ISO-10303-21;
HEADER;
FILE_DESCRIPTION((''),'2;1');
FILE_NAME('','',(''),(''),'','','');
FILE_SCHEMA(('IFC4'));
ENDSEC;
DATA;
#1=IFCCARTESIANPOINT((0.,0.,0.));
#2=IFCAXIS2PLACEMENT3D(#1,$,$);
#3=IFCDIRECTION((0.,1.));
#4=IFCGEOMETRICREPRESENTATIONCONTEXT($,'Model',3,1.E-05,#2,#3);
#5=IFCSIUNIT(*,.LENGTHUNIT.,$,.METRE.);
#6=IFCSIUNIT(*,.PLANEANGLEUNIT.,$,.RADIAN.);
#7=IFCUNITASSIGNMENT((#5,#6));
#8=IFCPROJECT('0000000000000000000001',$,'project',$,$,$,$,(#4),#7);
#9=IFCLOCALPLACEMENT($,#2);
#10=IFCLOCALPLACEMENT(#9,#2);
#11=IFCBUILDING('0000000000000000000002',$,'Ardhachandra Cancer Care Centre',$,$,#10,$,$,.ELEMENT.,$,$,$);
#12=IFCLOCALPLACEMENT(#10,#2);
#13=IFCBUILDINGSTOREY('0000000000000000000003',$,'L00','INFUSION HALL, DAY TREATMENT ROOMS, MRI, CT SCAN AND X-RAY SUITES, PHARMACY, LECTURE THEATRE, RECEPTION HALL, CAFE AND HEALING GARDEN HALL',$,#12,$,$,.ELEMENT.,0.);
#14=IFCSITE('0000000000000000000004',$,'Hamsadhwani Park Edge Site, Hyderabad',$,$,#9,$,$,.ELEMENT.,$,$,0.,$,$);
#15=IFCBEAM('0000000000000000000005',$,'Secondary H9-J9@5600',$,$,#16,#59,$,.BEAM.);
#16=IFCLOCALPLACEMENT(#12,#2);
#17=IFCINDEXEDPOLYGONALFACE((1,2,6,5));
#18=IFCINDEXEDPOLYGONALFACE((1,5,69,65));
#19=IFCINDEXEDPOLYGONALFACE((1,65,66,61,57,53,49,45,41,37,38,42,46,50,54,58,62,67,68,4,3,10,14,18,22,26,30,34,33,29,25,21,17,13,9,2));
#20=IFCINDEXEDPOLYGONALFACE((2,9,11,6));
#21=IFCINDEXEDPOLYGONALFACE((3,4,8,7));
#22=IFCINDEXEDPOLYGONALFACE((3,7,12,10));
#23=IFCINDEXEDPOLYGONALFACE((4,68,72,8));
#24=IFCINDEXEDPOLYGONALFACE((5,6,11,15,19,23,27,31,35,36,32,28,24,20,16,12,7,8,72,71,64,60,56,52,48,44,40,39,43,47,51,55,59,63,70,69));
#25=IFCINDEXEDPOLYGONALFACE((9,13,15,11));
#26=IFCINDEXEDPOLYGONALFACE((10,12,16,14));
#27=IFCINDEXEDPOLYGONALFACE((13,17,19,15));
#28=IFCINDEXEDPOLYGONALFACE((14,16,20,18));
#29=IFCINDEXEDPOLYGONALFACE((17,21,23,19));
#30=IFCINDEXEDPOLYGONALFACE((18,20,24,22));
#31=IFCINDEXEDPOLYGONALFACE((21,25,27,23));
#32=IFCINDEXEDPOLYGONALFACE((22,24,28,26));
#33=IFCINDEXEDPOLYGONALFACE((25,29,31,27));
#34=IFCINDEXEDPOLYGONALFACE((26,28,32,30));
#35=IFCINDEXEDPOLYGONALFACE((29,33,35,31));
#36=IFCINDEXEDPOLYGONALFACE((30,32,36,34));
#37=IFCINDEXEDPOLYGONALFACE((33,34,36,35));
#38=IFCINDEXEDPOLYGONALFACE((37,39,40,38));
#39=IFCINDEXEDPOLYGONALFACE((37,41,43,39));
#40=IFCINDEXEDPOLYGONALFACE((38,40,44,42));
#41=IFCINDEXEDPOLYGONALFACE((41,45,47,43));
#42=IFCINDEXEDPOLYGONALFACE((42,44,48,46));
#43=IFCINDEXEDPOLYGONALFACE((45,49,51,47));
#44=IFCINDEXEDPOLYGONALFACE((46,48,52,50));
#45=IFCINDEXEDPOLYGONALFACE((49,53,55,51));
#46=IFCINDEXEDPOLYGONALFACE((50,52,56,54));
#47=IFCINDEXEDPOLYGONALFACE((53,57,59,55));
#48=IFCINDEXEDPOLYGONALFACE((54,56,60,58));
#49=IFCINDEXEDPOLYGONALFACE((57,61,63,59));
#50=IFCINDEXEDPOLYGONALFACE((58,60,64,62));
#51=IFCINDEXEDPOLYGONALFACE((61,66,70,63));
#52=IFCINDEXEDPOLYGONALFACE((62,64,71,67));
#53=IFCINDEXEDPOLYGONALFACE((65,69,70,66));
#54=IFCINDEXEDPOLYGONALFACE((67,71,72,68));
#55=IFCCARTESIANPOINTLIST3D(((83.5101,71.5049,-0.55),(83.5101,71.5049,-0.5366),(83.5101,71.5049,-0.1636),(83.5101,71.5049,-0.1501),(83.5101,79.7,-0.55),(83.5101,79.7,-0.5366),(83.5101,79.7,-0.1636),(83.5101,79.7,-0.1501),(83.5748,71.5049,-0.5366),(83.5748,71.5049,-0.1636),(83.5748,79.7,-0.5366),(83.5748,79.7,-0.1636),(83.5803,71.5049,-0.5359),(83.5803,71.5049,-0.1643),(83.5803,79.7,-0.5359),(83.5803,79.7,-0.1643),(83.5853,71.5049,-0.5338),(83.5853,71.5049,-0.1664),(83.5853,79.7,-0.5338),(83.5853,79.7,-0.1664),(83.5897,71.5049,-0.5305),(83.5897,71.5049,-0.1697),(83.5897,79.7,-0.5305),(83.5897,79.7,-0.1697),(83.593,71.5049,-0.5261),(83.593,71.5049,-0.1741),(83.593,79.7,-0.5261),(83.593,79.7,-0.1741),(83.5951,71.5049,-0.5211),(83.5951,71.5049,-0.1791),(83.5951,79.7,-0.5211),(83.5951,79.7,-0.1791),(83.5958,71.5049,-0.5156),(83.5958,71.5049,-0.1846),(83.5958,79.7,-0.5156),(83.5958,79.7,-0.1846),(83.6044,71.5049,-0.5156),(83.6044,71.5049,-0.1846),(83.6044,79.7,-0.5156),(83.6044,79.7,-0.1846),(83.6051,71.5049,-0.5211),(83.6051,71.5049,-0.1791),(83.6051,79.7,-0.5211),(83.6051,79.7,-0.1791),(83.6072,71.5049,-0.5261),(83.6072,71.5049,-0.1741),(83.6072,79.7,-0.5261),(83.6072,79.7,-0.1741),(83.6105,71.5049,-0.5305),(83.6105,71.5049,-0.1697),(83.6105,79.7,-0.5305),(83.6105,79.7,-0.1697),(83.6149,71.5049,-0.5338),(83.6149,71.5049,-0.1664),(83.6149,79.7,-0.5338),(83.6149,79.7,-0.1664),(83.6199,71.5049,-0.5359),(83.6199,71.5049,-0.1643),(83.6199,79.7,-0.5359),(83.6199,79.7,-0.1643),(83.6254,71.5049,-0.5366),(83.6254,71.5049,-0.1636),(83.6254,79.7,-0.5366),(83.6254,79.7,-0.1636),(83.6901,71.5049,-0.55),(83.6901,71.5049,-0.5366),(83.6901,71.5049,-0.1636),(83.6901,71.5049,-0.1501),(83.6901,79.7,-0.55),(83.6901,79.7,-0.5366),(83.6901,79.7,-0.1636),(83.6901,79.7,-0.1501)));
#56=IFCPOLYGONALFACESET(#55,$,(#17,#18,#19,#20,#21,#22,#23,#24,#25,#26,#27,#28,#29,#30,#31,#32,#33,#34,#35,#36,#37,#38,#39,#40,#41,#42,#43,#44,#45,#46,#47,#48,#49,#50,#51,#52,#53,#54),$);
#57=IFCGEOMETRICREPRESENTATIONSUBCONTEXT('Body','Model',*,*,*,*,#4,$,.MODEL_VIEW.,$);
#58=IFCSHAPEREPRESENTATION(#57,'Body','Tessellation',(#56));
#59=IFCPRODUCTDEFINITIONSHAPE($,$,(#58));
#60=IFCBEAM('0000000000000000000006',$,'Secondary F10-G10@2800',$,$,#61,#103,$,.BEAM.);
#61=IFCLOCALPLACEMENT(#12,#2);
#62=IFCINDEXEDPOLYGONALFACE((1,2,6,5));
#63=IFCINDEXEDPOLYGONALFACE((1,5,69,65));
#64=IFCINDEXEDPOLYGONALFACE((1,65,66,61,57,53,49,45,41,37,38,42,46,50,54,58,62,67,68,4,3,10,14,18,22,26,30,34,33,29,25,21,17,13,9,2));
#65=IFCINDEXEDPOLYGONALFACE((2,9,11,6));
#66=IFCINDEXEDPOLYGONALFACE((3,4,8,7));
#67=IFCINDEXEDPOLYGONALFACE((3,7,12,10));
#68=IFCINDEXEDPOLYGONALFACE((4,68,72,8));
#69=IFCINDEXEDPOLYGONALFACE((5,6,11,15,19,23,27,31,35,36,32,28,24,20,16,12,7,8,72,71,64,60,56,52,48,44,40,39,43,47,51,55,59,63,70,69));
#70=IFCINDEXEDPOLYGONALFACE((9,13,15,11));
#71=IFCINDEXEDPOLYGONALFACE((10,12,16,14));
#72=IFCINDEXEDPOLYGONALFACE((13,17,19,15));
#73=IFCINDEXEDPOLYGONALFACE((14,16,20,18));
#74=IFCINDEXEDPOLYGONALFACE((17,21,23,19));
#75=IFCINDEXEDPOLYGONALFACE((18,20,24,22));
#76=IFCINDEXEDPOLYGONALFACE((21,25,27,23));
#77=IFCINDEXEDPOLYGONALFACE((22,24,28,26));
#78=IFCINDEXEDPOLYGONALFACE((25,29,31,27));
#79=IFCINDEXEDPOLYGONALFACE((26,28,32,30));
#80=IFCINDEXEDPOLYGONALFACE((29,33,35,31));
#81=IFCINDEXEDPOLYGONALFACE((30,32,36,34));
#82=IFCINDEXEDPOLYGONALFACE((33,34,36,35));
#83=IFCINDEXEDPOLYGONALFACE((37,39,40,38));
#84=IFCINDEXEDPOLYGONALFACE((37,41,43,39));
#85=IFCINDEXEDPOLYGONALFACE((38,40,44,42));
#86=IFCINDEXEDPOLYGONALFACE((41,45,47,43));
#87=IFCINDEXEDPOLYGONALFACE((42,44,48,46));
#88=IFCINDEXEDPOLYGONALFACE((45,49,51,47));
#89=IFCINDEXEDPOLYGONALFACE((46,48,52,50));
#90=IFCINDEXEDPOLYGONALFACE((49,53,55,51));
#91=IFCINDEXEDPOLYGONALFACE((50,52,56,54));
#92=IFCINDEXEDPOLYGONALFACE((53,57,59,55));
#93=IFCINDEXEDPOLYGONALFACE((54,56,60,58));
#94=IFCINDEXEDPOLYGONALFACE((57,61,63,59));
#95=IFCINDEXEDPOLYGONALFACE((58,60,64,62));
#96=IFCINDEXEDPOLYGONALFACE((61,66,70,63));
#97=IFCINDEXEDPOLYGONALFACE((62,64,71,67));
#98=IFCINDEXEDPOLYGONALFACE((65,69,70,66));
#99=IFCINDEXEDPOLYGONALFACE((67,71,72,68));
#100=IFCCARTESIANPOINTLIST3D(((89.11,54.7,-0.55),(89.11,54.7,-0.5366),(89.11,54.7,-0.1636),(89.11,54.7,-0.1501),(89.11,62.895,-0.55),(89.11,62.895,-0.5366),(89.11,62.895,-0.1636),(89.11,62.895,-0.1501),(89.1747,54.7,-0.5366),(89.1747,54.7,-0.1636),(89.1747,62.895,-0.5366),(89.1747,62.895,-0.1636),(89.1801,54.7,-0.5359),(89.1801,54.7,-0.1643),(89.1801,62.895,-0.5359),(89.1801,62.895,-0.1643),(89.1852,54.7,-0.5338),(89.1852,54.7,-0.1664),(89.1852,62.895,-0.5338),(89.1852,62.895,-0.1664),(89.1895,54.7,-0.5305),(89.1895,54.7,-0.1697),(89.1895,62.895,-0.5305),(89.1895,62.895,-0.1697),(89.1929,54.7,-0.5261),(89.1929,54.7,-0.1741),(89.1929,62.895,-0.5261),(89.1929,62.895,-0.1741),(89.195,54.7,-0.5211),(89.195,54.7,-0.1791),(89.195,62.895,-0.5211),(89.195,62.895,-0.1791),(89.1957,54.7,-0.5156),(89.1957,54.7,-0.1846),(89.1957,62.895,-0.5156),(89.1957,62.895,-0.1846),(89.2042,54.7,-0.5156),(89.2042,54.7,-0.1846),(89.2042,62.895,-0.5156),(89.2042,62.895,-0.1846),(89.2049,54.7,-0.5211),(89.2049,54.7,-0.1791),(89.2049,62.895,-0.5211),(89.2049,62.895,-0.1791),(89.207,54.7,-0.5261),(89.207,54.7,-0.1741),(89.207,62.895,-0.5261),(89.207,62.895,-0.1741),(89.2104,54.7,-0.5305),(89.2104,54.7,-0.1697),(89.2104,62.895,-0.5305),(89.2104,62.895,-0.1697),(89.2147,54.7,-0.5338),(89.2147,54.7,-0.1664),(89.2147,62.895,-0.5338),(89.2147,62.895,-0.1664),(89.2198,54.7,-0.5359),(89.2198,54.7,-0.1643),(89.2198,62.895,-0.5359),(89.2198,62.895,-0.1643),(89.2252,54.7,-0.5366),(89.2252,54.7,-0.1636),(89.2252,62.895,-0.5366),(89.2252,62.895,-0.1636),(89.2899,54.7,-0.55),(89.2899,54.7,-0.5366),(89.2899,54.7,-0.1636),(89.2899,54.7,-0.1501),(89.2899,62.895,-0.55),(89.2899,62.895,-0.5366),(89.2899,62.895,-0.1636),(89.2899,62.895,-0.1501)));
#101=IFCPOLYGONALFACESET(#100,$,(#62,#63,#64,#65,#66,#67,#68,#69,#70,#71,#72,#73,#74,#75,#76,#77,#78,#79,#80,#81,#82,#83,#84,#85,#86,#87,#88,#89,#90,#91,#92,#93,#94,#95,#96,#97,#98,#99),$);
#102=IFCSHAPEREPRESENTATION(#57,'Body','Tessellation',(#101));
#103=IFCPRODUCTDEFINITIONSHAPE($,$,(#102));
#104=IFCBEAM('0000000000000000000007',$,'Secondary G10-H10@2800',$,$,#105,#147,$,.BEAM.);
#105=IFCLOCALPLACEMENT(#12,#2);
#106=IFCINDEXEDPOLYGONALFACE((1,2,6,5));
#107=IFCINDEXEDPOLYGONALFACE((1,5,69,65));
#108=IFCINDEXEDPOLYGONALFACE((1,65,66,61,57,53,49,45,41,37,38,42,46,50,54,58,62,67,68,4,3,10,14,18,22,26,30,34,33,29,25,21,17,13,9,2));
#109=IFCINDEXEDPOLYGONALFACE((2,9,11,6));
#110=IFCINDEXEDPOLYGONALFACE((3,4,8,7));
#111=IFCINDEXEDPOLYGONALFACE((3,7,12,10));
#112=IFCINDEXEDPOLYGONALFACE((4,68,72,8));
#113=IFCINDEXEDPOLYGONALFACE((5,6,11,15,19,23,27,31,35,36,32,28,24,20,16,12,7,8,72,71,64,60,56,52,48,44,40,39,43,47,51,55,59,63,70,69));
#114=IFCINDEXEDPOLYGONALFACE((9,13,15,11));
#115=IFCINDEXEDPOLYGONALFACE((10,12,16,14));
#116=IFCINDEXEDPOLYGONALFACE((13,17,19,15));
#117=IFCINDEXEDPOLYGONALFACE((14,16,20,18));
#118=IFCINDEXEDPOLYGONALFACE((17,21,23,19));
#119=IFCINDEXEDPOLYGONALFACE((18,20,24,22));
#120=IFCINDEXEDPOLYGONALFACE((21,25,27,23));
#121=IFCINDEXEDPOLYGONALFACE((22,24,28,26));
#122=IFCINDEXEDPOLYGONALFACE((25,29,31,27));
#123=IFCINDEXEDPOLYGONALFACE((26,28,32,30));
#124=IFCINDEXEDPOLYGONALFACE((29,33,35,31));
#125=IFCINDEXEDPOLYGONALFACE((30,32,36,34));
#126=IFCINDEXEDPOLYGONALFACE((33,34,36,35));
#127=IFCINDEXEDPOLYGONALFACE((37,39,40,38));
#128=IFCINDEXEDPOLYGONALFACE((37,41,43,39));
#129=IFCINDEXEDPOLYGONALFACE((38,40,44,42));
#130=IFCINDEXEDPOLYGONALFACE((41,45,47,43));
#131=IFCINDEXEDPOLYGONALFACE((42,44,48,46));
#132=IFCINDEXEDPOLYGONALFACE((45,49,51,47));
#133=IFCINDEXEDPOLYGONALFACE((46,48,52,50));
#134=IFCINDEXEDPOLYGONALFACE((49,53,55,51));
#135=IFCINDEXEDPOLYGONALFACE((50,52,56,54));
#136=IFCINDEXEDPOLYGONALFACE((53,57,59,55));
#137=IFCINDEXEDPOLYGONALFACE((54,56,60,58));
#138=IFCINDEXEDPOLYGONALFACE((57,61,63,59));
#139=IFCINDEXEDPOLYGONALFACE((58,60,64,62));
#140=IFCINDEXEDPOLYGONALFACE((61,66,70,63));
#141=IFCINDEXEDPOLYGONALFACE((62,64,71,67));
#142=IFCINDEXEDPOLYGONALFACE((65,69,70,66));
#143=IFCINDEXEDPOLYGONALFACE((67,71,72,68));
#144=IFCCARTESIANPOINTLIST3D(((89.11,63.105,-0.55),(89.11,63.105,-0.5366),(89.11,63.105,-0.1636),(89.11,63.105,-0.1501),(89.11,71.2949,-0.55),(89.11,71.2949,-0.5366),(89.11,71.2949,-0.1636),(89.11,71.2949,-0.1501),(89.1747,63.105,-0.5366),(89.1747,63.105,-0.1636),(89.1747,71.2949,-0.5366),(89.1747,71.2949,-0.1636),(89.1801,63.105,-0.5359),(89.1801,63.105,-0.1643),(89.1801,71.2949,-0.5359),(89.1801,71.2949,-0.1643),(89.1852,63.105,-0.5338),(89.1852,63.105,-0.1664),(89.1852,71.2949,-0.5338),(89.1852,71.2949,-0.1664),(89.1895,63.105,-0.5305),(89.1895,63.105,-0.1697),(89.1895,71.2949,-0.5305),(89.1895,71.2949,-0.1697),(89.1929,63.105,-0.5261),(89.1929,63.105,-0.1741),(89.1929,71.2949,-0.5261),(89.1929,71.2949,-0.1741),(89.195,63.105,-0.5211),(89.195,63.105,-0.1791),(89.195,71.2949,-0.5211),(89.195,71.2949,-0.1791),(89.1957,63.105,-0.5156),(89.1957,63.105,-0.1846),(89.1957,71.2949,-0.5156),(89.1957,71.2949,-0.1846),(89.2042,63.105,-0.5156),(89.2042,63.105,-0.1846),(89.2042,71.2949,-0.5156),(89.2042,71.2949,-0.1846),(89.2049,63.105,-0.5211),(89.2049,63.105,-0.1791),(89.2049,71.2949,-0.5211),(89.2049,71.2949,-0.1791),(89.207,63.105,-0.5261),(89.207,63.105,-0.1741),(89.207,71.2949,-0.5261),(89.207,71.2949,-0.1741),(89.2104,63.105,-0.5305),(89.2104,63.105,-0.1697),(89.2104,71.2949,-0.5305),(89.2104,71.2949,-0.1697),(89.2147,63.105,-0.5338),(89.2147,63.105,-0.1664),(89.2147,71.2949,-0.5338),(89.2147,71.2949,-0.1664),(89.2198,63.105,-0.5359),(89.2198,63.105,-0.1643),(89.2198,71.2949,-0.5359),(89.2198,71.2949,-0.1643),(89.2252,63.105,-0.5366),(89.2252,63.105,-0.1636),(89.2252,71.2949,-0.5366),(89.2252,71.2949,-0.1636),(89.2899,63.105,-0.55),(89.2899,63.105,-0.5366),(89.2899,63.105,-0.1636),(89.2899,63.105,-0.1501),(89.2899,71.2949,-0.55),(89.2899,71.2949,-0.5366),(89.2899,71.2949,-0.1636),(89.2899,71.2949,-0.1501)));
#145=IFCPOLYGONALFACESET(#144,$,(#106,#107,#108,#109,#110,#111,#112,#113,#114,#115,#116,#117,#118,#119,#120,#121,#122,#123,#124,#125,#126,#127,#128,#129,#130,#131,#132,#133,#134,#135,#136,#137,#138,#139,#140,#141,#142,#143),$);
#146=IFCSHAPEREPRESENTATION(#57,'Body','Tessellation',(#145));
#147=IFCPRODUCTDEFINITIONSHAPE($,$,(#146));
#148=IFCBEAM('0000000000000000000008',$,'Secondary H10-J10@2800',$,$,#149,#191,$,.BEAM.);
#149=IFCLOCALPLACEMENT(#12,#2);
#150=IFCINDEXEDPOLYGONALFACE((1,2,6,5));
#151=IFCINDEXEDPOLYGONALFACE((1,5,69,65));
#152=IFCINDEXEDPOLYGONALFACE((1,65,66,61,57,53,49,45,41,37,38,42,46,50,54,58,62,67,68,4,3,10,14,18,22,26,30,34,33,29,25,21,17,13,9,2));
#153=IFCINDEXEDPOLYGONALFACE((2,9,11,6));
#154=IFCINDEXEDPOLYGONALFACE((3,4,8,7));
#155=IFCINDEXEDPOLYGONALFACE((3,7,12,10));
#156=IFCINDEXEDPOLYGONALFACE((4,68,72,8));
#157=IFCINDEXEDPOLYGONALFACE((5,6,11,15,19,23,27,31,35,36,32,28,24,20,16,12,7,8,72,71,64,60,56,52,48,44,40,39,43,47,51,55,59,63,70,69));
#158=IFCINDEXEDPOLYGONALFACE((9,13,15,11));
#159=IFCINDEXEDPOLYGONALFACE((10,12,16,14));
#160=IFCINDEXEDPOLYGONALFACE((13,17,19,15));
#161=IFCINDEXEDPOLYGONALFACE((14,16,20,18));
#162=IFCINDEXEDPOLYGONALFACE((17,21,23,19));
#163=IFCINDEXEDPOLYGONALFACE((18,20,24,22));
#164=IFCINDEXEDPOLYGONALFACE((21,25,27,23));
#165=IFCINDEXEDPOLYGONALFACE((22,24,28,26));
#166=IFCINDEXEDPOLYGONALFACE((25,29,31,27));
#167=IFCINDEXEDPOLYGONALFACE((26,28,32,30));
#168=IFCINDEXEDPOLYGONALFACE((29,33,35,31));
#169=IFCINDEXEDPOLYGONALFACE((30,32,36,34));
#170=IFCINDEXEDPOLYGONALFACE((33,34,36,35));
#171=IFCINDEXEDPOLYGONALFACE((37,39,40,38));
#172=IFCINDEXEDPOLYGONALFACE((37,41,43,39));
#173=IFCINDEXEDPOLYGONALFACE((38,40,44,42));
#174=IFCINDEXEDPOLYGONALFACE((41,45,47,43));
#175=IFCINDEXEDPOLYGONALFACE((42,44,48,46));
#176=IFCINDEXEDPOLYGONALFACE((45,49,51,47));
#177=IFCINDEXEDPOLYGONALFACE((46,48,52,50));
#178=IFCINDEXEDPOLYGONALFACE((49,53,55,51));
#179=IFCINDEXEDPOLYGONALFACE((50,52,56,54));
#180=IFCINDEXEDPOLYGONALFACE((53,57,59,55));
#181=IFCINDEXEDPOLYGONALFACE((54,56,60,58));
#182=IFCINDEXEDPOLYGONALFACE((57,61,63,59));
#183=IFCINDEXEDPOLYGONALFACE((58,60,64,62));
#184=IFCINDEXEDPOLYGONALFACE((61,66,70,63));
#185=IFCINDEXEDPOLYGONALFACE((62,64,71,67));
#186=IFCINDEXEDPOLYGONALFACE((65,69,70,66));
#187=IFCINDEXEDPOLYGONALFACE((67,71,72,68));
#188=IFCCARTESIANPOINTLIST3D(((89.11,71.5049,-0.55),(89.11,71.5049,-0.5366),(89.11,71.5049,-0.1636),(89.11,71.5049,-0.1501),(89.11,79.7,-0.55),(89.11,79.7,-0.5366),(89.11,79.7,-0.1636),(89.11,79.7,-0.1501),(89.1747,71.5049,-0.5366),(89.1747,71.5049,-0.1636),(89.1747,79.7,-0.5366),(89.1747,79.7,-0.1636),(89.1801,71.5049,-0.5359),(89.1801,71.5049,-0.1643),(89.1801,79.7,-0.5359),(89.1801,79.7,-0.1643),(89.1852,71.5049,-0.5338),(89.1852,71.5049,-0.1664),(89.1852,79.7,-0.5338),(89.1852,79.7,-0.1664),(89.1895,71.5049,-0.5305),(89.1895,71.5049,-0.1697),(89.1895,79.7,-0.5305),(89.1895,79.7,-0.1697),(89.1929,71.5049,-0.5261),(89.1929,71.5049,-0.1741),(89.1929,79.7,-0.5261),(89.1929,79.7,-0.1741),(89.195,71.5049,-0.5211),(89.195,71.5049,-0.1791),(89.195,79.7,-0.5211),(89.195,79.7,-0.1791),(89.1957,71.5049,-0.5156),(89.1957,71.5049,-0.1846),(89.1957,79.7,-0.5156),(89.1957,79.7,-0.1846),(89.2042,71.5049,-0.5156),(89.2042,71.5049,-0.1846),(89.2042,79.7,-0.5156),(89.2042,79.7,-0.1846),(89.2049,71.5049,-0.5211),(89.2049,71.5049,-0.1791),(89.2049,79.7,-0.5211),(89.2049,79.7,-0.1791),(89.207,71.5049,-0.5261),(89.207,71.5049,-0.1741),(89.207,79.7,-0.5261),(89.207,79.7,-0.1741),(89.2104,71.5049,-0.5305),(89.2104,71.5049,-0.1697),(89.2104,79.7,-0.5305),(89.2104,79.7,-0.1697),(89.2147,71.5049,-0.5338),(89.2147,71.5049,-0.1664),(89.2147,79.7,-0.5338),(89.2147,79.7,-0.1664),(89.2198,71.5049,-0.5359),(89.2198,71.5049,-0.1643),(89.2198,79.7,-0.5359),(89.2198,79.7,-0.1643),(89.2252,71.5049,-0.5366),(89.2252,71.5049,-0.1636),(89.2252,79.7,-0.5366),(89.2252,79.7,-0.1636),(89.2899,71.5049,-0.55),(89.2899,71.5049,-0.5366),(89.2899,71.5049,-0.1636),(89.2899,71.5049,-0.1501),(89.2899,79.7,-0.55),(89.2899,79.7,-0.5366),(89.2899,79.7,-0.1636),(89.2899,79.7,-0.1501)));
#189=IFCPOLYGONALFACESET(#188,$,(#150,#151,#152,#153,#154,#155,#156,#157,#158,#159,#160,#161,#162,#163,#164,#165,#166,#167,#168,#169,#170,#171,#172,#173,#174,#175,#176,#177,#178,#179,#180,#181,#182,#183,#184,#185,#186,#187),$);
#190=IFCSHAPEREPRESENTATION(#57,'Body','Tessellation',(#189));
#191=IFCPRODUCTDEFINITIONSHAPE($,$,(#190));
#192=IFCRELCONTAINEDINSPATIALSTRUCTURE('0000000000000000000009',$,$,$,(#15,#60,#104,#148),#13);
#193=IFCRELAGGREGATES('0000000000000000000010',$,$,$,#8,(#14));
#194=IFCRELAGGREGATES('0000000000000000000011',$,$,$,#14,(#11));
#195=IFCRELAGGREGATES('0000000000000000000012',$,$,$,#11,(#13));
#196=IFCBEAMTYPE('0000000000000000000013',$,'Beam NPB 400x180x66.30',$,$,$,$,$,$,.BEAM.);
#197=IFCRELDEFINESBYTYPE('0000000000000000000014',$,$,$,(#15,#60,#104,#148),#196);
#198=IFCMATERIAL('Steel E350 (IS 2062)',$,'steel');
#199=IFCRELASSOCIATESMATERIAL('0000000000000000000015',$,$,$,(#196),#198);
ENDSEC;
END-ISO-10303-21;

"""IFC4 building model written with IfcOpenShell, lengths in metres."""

from ifc_helpers import new_model, si_unit, direction, frame, origin, origin_2d, place, context, subcontext, project, spatial, i_section, extrude, material, material_profile, profile_set, type_object, element, save


model = new_model("IFC4")

# Units and contexts
model_context = context("Model", 3, precision=1e-05, world=origin(), true_north=direction((0.0, 1.0)))
body_context = subcontext(model_context, "Body", "Model", "MODEL_VIEW")
ifc_project = project(units=[si_unit("LENGTHUNIT", "METRE"), si_unit("PLANEANGLEUNIT", "RADIAN")], contexts=[model_context])

# Site, building, storey
site_placement = place(None, origin())
site = spatial("IfcSite", under=ifc_project, at=site_placement, Name="Hamsadhwani Park Edge Site, Hyderabad", CompositionType="ELEMENT", RefElevation=0.0)
building_placement = place(site_placement, origin())
building = spatial("IfcBuilding", under=site, at=building_placement, Name="Ardhachandra Cancer Care Centre", CompositionType="ELEMENT")
storey_placement = place(building_placement, origin())
storey = spatial("IfcBuildingStorey", under=building, at=storey_placement, Name="L00", Description="INFUSION HALL, DAY TREATMENT ROOMS, MRI, CT SCAN AND X-RAY SUITES, PHARMACY, LECTURE THEATRE, RECEPTION HALL, CAFE AND HEALING GARDEN HALL", CompositionType="ELEMENT", Elevation=0.0)

# Beams
ifc_material_1 = material(Name="Steel E350 (IS 2062)", Category="steel")
ifc_material_profile_1 = material_profile(ifc_material_1, i_section(OverallWidth=0.1799, OverallDepth=0.3999, WebThickness=0.0085, FlangeThickness=0.0134, FilletRadius=0.021, at=origin_2d()), Name="NPB 400x180x66.30")
ifc_profile_set_1 = profile_set([ifc_material_profile_1], Name="Steel E350 (IS 2062)")
beam_type_1 = type_object("IfcBeamType", Name="Beam NPB 400x180x66.30", PredefinedType="BEAM", material=ifc_profile_set_1)
for number, where, z_axis, x_axis, name in (
    (1, (83.6001, 71.5049, -0.3501), (0.0, 1.0, 0.0), (-1.0, 0.0, 0.0), "Secondary H9-J9@5600"),
    (2, (89.2, 54.7, -0.3501), (0.0, 1.0, 0.0), (-1.0, 0.0, 0.0), "Secondary F10-G10@2800"),
):
    element("IfcBeam", number, at=place(storey_placement, frame(where, z_axis=z_axis, x_axis=x_axis)), inside=storey, type_object=beam_type_1, Name=name, PredefinedType="BEAM", context=body_context, shape_type="SweptSolid", body=[
        extrude(i_section(OverallWidth=0.1799, OverallDepth=0.3999, WebThickness=0.0085, FlangeThickness=0.0134, FilletRadius=0.021, at=origin_2d()), origin(), (0.0, 0.0, 1.0), 8.1951),
    ])
beam_1_placement = place(storey_placement, frame((89.2, 63.105, -0.3501), z_axis=(0.0, 1.0, 0.0), x_axis=(-1.0, 0.0, 0.0)))
element("IfcBeam", 3, at=beam_1_placement, inside=storey, type_object=beam_type_1, Name="Secondary G10-H10@2800", PredefinedType="BEAM", context=body_context, shape_type="SweptSolid", body=[
    extrude(i_section(OverallWidth=0.1799, OverallDepth=0.3999, WebThickness=0.0085, FlangeThickness=0.0134, FilletRadius=0.021, at=origin_2d()), origin(), (0.0, 0.0, 1.0), 8.1899),
])
for number, where, z_axis, x_axis, name in (
    (4, (89.2, 71.5049, -0.3501), (0.0, 1.0, 0.0), (-1.0, 0.0, 0.0), "Secondary H10-J10@2800"),
):
    element("IfcBeam", number, at=place(storey_placement, frame(where, z_axis=z_axis, x_axis=x_axis)), inside=storey, type_object=beam_type_1, Name=name, PredefinedType="BEAM", context=body_context, shape_type="SweptSolid", body=[
        extrude(i_section(OverallWidth=0.1799, OverallDepth=0.3999, WebThickness=0.0085, FlangeThickness=0.0134, FilletRadius=0.021, at=origin_2d()), origin(), (0.0, 0.0, 1.0), 8.1951),
    ])

save(model, "model.ifc")
